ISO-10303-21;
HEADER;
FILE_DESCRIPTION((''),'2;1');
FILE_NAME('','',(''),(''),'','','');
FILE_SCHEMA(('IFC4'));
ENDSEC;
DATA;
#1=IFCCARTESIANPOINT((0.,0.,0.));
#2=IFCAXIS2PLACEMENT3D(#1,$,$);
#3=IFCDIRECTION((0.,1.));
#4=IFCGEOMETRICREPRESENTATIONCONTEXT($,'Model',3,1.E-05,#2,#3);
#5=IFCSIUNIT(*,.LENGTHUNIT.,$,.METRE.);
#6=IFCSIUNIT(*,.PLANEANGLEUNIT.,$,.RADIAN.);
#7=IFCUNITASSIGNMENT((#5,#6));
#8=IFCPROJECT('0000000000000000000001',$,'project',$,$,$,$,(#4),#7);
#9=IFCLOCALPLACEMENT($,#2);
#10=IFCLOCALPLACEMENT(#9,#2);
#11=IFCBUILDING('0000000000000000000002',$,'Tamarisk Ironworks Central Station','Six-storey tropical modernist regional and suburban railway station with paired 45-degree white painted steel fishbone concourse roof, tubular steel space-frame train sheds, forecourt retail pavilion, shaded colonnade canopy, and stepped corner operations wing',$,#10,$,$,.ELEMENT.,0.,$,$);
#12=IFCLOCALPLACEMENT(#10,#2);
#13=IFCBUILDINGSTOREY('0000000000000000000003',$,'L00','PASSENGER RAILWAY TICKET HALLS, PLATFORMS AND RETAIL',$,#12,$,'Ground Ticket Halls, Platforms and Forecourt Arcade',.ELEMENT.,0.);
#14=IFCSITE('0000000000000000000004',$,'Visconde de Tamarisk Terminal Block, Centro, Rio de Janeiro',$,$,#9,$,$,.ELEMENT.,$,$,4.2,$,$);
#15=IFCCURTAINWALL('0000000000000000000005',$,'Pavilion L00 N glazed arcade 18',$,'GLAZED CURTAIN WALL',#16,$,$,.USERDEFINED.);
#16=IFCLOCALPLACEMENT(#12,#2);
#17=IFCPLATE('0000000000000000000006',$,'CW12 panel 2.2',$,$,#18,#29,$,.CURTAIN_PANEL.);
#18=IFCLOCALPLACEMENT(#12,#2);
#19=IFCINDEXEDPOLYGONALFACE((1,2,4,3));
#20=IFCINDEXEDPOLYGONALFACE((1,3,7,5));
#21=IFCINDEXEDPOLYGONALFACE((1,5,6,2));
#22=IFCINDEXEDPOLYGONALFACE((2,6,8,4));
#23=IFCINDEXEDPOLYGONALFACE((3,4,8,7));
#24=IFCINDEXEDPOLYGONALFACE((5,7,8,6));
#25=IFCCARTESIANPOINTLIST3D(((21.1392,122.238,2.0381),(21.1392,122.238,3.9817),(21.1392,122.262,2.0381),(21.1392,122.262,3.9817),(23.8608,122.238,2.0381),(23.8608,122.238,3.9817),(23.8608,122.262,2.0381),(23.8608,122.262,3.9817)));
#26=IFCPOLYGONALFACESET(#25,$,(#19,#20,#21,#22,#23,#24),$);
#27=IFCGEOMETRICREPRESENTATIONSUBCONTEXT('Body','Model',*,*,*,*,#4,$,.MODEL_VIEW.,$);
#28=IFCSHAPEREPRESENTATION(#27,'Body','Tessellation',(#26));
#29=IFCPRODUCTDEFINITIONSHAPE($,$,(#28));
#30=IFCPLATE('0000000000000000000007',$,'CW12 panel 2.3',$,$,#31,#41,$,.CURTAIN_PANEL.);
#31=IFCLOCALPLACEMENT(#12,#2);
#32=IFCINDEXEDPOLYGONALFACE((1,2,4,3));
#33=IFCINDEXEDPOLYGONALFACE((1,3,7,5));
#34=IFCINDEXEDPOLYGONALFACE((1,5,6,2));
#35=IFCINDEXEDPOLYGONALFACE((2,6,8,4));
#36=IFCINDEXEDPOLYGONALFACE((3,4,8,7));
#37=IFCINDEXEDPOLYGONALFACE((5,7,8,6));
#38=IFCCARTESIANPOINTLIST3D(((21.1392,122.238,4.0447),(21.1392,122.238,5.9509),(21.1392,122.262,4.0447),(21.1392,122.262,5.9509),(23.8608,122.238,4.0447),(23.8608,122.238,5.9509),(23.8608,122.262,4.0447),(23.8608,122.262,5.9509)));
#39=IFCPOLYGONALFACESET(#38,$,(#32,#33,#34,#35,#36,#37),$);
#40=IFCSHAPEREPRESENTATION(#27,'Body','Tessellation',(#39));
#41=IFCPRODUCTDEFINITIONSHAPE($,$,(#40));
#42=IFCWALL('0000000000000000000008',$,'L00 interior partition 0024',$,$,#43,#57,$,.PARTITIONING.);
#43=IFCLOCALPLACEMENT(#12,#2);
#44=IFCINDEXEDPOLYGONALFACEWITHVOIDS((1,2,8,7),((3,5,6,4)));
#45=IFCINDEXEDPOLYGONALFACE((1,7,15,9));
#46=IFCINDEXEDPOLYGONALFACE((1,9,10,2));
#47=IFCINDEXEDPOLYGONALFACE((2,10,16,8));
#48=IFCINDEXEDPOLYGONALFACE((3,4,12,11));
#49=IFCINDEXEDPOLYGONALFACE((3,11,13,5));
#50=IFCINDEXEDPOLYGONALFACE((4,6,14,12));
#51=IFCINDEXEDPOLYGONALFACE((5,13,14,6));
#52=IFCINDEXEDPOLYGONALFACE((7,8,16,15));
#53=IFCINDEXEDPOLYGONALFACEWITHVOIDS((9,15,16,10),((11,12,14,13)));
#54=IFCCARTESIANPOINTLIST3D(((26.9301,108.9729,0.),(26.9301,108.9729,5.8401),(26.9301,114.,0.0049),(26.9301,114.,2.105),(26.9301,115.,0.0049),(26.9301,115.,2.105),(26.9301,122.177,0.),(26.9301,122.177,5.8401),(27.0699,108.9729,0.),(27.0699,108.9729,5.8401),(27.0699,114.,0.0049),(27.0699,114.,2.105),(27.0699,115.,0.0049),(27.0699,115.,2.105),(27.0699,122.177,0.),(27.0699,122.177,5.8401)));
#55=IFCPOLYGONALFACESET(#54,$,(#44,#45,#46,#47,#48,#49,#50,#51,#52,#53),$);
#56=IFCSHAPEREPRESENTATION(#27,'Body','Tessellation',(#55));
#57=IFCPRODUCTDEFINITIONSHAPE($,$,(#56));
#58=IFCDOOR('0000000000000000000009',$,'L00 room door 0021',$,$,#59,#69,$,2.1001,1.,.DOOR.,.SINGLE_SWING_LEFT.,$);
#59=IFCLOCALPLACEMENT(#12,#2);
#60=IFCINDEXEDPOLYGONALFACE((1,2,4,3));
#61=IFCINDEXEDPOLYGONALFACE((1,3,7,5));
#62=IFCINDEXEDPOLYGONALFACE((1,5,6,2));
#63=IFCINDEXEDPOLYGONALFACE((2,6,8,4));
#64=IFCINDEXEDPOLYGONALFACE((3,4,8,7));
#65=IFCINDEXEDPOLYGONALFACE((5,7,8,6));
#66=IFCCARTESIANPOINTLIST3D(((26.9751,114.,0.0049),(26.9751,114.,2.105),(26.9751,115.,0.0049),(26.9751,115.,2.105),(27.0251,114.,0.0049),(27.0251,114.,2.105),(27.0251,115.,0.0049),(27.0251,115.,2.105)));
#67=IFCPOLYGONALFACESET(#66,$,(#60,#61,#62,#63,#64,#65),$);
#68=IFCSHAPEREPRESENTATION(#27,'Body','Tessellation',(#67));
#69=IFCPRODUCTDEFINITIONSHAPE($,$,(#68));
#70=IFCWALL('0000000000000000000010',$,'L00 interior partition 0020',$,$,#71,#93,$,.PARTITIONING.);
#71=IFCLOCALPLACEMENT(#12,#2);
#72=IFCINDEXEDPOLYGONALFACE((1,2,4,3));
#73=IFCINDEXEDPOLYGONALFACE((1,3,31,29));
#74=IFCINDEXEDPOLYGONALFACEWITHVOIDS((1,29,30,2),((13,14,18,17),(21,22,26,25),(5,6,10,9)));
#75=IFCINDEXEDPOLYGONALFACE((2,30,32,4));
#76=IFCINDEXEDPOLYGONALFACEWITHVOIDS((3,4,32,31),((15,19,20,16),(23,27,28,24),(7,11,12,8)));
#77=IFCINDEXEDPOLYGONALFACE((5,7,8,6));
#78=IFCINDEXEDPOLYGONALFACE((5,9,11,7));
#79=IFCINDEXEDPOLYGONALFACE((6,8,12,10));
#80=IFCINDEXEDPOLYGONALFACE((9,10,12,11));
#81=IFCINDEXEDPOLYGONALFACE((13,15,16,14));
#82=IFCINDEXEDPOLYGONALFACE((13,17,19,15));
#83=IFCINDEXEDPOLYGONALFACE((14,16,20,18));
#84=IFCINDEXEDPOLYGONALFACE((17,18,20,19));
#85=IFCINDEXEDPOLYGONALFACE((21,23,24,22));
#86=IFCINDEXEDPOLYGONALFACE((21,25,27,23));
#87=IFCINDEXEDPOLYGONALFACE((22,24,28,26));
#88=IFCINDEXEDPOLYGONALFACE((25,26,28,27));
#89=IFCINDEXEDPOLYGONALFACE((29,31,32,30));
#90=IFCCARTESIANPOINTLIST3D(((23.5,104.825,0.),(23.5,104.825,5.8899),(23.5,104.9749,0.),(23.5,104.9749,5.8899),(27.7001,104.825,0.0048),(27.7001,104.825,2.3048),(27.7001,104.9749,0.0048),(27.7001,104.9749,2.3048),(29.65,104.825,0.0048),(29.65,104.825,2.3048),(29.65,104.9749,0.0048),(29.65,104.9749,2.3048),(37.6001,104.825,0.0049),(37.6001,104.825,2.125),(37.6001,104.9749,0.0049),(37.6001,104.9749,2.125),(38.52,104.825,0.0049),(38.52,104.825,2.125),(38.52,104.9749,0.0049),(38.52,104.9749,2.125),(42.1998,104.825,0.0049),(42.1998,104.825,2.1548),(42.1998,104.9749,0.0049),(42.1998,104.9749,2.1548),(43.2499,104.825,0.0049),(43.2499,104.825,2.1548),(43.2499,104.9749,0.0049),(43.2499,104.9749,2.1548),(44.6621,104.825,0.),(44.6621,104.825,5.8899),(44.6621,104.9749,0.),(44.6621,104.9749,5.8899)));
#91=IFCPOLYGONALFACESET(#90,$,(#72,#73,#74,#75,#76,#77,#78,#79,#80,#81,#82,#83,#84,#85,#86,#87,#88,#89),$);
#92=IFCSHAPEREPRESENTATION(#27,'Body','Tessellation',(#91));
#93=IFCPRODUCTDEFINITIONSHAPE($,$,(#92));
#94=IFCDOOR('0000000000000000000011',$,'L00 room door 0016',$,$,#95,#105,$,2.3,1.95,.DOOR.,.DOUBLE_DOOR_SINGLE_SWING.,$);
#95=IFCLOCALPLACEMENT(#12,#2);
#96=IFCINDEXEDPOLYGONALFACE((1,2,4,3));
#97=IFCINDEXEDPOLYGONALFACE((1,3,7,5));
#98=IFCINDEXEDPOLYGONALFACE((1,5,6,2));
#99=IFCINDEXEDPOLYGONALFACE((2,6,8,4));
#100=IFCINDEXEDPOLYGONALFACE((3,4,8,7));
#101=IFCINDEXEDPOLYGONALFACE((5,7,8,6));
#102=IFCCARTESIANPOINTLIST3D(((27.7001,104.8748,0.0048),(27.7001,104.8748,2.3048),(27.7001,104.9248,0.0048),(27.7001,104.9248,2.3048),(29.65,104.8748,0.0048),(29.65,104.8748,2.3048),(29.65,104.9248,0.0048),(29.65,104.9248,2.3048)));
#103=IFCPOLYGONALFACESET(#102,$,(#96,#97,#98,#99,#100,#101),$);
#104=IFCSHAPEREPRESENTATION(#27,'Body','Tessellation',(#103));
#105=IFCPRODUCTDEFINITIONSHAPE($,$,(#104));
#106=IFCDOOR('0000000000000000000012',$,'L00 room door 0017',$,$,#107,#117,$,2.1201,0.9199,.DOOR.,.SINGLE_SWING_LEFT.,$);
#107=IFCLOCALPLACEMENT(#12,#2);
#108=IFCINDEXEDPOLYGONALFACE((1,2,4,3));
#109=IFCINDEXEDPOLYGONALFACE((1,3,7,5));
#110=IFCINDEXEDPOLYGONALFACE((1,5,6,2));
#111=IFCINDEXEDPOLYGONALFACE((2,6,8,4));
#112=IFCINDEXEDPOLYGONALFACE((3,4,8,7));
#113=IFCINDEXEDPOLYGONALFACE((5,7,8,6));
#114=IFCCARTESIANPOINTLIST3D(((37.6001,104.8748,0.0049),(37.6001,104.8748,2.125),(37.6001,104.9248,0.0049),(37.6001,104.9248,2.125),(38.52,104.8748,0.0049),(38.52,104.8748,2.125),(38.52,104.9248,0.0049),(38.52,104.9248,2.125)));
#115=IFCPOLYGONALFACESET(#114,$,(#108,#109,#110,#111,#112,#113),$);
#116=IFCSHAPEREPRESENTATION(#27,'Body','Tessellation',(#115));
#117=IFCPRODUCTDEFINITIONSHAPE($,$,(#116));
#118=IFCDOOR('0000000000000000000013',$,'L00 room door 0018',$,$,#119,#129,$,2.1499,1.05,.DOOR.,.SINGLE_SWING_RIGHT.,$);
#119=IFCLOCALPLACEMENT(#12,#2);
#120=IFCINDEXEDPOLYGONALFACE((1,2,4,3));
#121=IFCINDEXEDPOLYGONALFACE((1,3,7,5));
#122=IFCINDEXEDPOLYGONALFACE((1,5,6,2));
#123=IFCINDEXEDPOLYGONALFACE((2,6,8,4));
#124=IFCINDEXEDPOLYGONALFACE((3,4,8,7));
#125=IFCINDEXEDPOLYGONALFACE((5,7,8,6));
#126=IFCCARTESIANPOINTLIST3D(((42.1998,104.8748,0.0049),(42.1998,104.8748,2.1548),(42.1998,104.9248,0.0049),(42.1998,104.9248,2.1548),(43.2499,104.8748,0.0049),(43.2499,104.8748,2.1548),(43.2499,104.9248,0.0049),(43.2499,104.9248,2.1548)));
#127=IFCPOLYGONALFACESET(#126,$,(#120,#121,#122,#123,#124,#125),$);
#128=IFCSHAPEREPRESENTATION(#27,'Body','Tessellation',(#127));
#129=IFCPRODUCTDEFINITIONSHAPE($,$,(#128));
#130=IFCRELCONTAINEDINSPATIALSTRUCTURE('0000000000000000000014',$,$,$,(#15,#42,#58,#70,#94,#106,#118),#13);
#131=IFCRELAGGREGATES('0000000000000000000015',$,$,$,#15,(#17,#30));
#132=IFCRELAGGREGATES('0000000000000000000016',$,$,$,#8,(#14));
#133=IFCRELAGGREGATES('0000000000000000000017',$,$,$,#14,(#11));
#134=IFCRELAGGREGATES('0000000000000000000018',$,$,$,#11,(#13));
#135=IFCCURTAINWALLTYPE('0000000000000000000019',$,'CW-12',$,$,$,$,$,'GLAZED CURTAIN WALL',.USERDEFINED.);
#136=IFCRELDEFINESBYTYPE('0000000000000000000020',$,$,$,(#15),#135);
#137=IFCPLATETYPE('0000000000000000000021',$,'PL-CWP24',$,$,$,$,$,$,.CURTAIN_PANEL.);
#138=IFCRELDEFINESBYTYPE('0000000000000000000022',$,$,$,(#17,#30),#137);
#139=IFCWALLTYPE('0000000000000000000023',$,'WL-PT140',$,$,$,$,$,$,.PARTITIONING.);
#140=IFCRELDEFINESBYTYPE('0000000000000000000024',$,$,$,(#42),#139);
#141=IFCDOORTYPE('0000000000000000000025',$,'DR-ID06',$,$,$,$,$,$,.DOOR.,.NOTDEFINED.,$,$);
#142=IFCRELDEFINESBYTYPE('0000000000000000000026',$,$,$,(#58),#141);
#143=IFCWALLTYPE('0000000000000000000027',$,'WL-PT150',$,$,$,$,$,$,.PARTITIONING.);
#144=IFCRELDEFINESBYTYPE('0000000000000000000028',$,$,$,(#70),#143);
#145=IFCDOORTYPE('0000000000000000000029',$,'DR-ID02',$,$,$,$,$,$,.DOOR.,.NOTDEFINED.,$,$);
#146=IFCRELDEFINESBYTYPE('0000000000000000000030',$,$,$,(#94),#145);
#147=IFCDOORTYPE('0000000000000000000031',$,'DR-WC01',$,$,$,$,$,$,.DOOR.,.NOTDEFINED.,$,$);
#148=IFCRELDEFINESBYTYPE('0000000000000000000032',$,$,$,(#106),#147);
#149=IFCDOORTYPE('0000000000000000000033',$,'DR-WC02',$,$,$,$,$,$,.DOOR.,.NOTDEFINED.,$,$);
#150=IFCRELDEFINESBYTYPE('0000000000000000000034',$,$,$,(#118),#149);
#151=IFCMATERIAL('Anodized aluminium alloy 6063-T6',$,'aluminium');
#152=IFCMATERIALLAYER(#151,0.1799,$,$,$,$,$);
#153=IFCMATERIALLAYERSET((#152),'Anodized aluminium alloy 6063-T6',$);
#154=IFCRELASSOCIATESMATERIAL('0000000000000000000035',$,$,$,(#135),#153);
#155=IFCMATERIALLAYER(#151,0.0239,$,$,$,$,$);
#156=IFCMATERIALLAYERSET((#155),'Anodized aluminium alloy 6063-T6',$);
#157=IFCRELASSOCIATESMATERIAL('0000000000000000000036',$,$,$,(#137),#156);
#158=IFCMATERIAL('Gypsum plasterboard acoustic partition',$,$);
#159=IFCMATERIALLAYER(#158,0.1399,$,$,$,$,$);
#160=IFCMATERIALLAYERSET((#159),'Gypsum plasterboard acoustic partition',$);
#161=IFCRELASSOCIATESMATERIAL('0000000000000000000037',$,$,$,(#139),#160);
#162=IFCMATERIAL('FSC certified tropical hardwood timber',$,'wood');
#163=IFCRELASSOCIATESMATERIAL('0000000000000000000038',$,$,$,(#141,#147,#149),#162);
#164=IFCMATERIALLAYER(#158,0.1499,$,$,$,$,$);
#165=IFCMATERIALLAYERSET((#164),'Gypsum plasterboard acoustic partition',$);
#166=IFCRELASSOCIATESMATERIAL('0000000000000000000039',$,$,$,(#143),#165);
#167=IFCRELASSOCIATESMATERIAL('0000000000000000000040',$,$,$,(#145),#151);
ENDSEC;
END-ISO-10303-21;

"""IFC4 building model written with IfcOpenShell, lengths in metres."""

from ifc_helpers import new_model, si_unit, direction, frame, frame_2d, origin, origin_2d, place, context, subcontext, project, spatial, rectangle, extrude, material, layer, layer_set, type_object, element, fill, aggregate, save


model = new_model("IFC4")

# Units and contexts
model_context = context("Model", 3, precision=1e-05, world=origin(), true_north=direction((0.0, 1.0)))
body_context = subcontext(model_context, "Body", "Model", "MODEL_VIEW")
ifc_project = project(units=[si_unit("LENGTHUNIT", "METRE"), si_unit("PLANEANGLEUNIT", "RADIAN")], contexts=[model_context])

# Site, building, storey
site_placement = place(None, origin())
site = spatial("IfcSite", under=ifc_project, at=site_placement, Name="Visconde de Tamarisk Terminal Block, Centro, Rio de Janeiro", CompositionType="ELEMENT", RefElevation=4.2)
building_placement = place(site_placement, origin())
building = spatial("IfcBuilding", under=site, at=building_placement, Name="Tamarisk Ironworks Central Station", Description="Six-storey tropical modernist regional and suburban railway station with paired 45-degree white painted steel fishbone concourse roof, tubular steel space-frame train sheds, forecourt retail pavilion, shaded colonnade canopy, and stepped corner operations wing", CompositionType="ELEMENT", ElevationOfRefHeight=0.0)
storey_placement = place(building_placement, origin())
storey = spatial("IfcBuildingStorey", under=building, at=storey_placement, Name="L00", Description="PASSENGER RAILWAY TICKET HALLS, PLATFORMS AND RETAIL", LongName="Ground Ticket Halls, Platforms and Forecourt Arcade", CompositionType="ELEMENT", Elevation=0.0)

# Curtain wall, plates
ifc_material_1 = material(Name="Anodized aluminium alloy 6063-T6", Category="aluminium")
ifc_layer_1 = layer(ifc_material_1, 0.1799)
ifc_layer_set_1 = layer_set([ifc_layer_1], Name="Anodized aluminium alloy 6063-T6")
curtain_wall_type = type_object("IfcCurtainWallType", Name="CW-12", ElementType="GLAZED CURTAIN WALL", PredefinedType="USERDEFINED", material=ifc_layer_set_1)
curtain_wall_placement = place(storey_placement, origin())
curtain_wall = element("IfcCurtainWall", 1, at=curtain_wall_placement, inside=storey, type_object=curtain_wall_type, Name="Pavilion L00 N glazed arcade 18", ObjectType="GLAZED CURTAIN WALL", PredefinedType="USERDEFINED")
ifc_layer_2 = layer(ifc_material_1, 0.0239)
ifc_layer_set_2 = layer_set([ifc_layer_2], Name="Anodized aluminium alloy 6063-T6")
plate_type = type_object("IfcPlateType", Name="PL-CWP24", PredefinedType="CURTAIN_PANEL", material=ifc_layer_set_2)
plate_1_placement = place(storey_placement, frame((22.5, 122.25, 2.0381), z_axis=(0.0, 0.0, 1.0), x_axis=(1.0, 0.0, 0.0)))
plate_1 = element("IfcPlate", 2, at=plate_1_placement, type_object=plate_type, Name="CW12 panel 2.2", PredefinedType="CURTAIN_PANEL", context=body_context, shape_type="SweptSolid", body=[
    extrude(rectangle(XDim=2.7217, YDim=0.0239, at=origin_2d()), origin(), (0.0, 0.0, 1.0), 1.9436),
])
plate_2_placement = place(storey_placement, frame((22.5, 122.25, 4.0447), z_axis=(0.0, 0.0, 1.0), x_axis=(1.0, 0.0, 0.0)))
plate_2 = element("IfcPlate", 3, at=plate_2_placement, type_object=plate_type, Name="CW12 panel 2.3", PredefinedType="CURTAIN_PANEL", context=body_context, shape_type="SweptSolid", body=[
    extrude(rectangle(XDim=2.7217, YDim=0.0239, at=origin_2d()), origin(), (0.0, 0.0, 1.0), 1.9062),
])
aggregate(curtain_wall, [plate_1, plate_2])

# Wall, opening, door
ifc_material_2 = material(Name="Gypsum plasterboard acoustic partition")
ifc_layer_3 = layer(ifc_material_2, 0.1399)
ifc_layer_set_3 = layer_set([ifc_layer_3], Name="Gypsum plasterboard acoustic partition")
wall_type_1 = type_object("IfcWallType", Name="WL-PT140", PredefinedType="PARTITIONING", material=ifc_layer_set_3)
wall_1_placement = place(storey_placement, frame((27.0, 108.9729, 0.0), z_axis=(0.0, 0.0, 1.0), x_axis=(0.0, 1.0, 0.0)))
wall_1 = element("IfcWall", 4, at=wall_1_placement, inside=storey, type_object=wall_type_1, Name="L00 interior partition 0024", PredefinedType="PARTITIONING", context=body_context, shape_type="SweptSolid", body=[
    extrude(rectangle(XDim=13.2041, YDim=0.1399, at=frame_2d((6.6021, 0.0))), origin(), (0.0, 0.0, 1.0), 5.8401),
])
opening_1_placement = place(wall_1_placement, frame((5.0271, 0.0, 0.0049)))
opening_1 = element("IfcOpeningElement", 5, at=opening_1_placement, cuts=wall_1, PredefinedType="OPENING", context=body_context, shape_type="SweptSolid", body=[
    extrude(rectangle(XDim=1.0, YDim=2.1001, at=frame_2d((0.5, 1.05))), frame((0.0, 0.082, 0.0), z_axis=(0.0, -1.0, 0.0), x_axis=(1.0, 0.0, 0.0)), (0.0, 0.0, 1.0), 0.1638),
])
ifc_material_3 = material(Name="FSC certified tropical hardwood timber", Category="wood")
door_type_1 = type_object("IfcDoorType", Name="DR-ID06", OperationType="NOTDEFINED", PredefinedType="DOOR", material=ifc_material_3)
door_1_placement = place(opening_1_placement, origin())
door_1 = element("IfcDoor", 6, at=door_1_placement, inside=storey, type_object=door_type_1, Name="L00 room door 0021", OperationType="SINGLE_SWING_LEFT", OverallHeight=2.1001, OverallWidth=1.0, PredefinedType="DOOR", context=body_context, shape_type="SweptSolid", body=[
    extrude(rectangle(XDim=1.0, YDim=2.1001, at=frame_2d((0.5, 1.05))), frame((0.0, 0.0249, 0.0), z_axis=(0.0, -1.0, 0.0), x_axis=(1.0, 0.0, 0.0)), (0.0, 0.0, 1.0), 0.05),
])
fill(opening_1, door_1)

# Wall, openings, doors
ifc_layer_4 = layer(ifc_material_2, 0.1499)
ifc_layer_set_4 = layer_set([ifc_layer_4], Name="Gypsum plasterboard acoustic partition")
wall_type_2 = type_object("IfcWallType", Name="WL-PT150", PredefinedType="PARTITIONING", material=ifc_layer_set_4)
wall_2_placement = place(storey_placement, frame((23.5, 104.8999, 0.0), z_axis=(0.0, 0.0, 1.0), x_axis=(1.0, 0.0, 0.0)))
wall_2 = element("IfcWall", 7, at=wall_2_placement, inside=storey, type_object=wall_type_2, Name="L00 interior partition 0020", PredefinedType="PARTITIONING", context=body_context, shape_type="SweptSolid", body=[
    extrude(rectangle(XDim=21.1621, YDim=0.1499, at=frame_2d((10.5811, 0.0))), origin(), (0.0, 0.0, 1.0), 5.8899),
])
opening_2_placement = place(wall_2_placement, frame((4.2, 0.0, 0.0049)))
opening_2 = element("IfcOpeningElement", 8, at=opening_2_placement, cuts=wall_2, PredefinedType="OPENING", context=body_context, shape_type="SweptSolid", body=[
    extrude(rectangle(XDim=1.95, YDim=2.3, at=frame_2d((0.9751, 1.1499))), frame((0.0, 0.0869, 0.0), z_axis=(0.0, -1.0, 0.0), x_axis=(1.0, 0.0, 0.0)), (0.0, 0.0, 1.0), 0.1738),
])
opening_3_placement = place(wall_2_placement, frame((14.1001, 0.0, 0.0049)))
opening_3 = element("IfcOpeningElement", 9, at=opening_3_placement, cuts=wall_2, PredefinedType="OPENING", context=body_context, shape_type="SweptSolid", body=[
    extrude(rectangle(XDim=0.9199, YDim=2.1201, at=frame_2d((0.46, 1.0601))), frame((0.0, 0.0869, 0.0), z_axis=(0.0, -1.0, 0.0), x_axis=(1.0, 0.0, 0.0)), (0.0, 0.0, 1.0), 0.1738),
])
opening_4_placement = place(wall_2_placement, frame((18.7, 0.0, 0.0049)))
opening_4 = element("IfcOpeningElement", 10, at=opening_4_placement, cuts=wall_2, PredefinedType="OPENING", context=body_context, shape_type="SweptSolid", body=[
    extrude(rectangle(XDim=1.05, YDim=2.1499, at=frame_2d((0.5249, 1.075))), frame((0.0, 0.0869, 0.0), z_axis=(0.0, -1.0, 0.0), x_axis=(1.0, 0.0, 0.0)), (0.0, 0.0, 1.0), 0.1738),
])
door_type_2 = type_object("IfcDoorType", Name="DR-ID02", OperationType="NOTDEFINED", PredefinedType="DOOR", material=ifc_material_1)
door_2_placement = place(opening_2_placement, origin())
door_2 = element("IfcDoor", 11, at=door_2_placement, inside=storey, type_object=door_type_2, Name="L00 room door 0016", OperationType="DOUBLE_DOOR_SINGLE_SWING", OverallHeight=2.3, OverallWidth=1.95, PredefinedType="DOOR", context=body_context, shape_type="SweptSolid", body=[
    extrude(rectangle(XDim=1.95, YDim=2.3, at=frame_2d((0.9751, 1.1499))), frame((0.0, 0.0249, 0.0), z_axis=(0.0, -1.0, 0.0), x_axis=(1.0, 0.0, 0.0)), (0.0, 0.0, 1.0), 0.05),
])
fill(opening_2, door_2)
door_type_3 = type_object("IfcDoorType", Name="DR-WC01", OperationType="NOTDEFINED", PredefinedType="DOOR", material=ifc_material_3)
door_3_placement = place(opening_3_placement, origin())
door_3 = element("IfcDoor", 12, at=door_3_placement, inside=storey, type_object=door_type_3, Name="L00 room door 0017", OperationType="SINGLE_SWING_LEFT", OverallHeight=2.1201, OverallWidth=0.9199, PredefinedType="DOOR", context=body_context, shape_type="SweptSolid", body=[
    extrude(rectangle(XDim=0.9199, YDim=2.1201, at=frame_2d((0.46, 1.0601))), frame((0.0, 0.0249, 0.0), z_axis=(0.0, -1.0, 0.0), x_axis=(1.0, 0.0, 0.0)), (0.0, 0.0, 1.0), 0.05),
])
fill(opening_3, door_3)
door_type_4 = type_object("IfcDoorType", Name="DR-WC02", OperationType="NOTDEFINED", PredefinedType="DOOR", material=ifc_material_3)
door_4_placement = place(opening_4_placement, origin())
door_4 = element("IfcDoor", 13, at=door_4_placement, inside=storey, type_object=door_type_4, Name="L00 room door 0018", OperationType="SINGLE_SWING_RIGHT", OverallHeight=2.1499, OverallWidth=1.05, PredefinedType="DOOR", context=body_context, shape_type="SweptSolid", body=[
    extrude(rectangle(XDim=1.05, YDim=2.1499, at=frame_2d((0.5249, 1.075))), frame((0.0, 0.0249, 0.0), z_axis=(0.0, -1.0, 0.0), x_axis=(1.0, 0.0, 0.0)), (0.0, 0.0, 1.0), 0.05),
])
fill(opening_4, door_4)

save(model, "model.ifc")
